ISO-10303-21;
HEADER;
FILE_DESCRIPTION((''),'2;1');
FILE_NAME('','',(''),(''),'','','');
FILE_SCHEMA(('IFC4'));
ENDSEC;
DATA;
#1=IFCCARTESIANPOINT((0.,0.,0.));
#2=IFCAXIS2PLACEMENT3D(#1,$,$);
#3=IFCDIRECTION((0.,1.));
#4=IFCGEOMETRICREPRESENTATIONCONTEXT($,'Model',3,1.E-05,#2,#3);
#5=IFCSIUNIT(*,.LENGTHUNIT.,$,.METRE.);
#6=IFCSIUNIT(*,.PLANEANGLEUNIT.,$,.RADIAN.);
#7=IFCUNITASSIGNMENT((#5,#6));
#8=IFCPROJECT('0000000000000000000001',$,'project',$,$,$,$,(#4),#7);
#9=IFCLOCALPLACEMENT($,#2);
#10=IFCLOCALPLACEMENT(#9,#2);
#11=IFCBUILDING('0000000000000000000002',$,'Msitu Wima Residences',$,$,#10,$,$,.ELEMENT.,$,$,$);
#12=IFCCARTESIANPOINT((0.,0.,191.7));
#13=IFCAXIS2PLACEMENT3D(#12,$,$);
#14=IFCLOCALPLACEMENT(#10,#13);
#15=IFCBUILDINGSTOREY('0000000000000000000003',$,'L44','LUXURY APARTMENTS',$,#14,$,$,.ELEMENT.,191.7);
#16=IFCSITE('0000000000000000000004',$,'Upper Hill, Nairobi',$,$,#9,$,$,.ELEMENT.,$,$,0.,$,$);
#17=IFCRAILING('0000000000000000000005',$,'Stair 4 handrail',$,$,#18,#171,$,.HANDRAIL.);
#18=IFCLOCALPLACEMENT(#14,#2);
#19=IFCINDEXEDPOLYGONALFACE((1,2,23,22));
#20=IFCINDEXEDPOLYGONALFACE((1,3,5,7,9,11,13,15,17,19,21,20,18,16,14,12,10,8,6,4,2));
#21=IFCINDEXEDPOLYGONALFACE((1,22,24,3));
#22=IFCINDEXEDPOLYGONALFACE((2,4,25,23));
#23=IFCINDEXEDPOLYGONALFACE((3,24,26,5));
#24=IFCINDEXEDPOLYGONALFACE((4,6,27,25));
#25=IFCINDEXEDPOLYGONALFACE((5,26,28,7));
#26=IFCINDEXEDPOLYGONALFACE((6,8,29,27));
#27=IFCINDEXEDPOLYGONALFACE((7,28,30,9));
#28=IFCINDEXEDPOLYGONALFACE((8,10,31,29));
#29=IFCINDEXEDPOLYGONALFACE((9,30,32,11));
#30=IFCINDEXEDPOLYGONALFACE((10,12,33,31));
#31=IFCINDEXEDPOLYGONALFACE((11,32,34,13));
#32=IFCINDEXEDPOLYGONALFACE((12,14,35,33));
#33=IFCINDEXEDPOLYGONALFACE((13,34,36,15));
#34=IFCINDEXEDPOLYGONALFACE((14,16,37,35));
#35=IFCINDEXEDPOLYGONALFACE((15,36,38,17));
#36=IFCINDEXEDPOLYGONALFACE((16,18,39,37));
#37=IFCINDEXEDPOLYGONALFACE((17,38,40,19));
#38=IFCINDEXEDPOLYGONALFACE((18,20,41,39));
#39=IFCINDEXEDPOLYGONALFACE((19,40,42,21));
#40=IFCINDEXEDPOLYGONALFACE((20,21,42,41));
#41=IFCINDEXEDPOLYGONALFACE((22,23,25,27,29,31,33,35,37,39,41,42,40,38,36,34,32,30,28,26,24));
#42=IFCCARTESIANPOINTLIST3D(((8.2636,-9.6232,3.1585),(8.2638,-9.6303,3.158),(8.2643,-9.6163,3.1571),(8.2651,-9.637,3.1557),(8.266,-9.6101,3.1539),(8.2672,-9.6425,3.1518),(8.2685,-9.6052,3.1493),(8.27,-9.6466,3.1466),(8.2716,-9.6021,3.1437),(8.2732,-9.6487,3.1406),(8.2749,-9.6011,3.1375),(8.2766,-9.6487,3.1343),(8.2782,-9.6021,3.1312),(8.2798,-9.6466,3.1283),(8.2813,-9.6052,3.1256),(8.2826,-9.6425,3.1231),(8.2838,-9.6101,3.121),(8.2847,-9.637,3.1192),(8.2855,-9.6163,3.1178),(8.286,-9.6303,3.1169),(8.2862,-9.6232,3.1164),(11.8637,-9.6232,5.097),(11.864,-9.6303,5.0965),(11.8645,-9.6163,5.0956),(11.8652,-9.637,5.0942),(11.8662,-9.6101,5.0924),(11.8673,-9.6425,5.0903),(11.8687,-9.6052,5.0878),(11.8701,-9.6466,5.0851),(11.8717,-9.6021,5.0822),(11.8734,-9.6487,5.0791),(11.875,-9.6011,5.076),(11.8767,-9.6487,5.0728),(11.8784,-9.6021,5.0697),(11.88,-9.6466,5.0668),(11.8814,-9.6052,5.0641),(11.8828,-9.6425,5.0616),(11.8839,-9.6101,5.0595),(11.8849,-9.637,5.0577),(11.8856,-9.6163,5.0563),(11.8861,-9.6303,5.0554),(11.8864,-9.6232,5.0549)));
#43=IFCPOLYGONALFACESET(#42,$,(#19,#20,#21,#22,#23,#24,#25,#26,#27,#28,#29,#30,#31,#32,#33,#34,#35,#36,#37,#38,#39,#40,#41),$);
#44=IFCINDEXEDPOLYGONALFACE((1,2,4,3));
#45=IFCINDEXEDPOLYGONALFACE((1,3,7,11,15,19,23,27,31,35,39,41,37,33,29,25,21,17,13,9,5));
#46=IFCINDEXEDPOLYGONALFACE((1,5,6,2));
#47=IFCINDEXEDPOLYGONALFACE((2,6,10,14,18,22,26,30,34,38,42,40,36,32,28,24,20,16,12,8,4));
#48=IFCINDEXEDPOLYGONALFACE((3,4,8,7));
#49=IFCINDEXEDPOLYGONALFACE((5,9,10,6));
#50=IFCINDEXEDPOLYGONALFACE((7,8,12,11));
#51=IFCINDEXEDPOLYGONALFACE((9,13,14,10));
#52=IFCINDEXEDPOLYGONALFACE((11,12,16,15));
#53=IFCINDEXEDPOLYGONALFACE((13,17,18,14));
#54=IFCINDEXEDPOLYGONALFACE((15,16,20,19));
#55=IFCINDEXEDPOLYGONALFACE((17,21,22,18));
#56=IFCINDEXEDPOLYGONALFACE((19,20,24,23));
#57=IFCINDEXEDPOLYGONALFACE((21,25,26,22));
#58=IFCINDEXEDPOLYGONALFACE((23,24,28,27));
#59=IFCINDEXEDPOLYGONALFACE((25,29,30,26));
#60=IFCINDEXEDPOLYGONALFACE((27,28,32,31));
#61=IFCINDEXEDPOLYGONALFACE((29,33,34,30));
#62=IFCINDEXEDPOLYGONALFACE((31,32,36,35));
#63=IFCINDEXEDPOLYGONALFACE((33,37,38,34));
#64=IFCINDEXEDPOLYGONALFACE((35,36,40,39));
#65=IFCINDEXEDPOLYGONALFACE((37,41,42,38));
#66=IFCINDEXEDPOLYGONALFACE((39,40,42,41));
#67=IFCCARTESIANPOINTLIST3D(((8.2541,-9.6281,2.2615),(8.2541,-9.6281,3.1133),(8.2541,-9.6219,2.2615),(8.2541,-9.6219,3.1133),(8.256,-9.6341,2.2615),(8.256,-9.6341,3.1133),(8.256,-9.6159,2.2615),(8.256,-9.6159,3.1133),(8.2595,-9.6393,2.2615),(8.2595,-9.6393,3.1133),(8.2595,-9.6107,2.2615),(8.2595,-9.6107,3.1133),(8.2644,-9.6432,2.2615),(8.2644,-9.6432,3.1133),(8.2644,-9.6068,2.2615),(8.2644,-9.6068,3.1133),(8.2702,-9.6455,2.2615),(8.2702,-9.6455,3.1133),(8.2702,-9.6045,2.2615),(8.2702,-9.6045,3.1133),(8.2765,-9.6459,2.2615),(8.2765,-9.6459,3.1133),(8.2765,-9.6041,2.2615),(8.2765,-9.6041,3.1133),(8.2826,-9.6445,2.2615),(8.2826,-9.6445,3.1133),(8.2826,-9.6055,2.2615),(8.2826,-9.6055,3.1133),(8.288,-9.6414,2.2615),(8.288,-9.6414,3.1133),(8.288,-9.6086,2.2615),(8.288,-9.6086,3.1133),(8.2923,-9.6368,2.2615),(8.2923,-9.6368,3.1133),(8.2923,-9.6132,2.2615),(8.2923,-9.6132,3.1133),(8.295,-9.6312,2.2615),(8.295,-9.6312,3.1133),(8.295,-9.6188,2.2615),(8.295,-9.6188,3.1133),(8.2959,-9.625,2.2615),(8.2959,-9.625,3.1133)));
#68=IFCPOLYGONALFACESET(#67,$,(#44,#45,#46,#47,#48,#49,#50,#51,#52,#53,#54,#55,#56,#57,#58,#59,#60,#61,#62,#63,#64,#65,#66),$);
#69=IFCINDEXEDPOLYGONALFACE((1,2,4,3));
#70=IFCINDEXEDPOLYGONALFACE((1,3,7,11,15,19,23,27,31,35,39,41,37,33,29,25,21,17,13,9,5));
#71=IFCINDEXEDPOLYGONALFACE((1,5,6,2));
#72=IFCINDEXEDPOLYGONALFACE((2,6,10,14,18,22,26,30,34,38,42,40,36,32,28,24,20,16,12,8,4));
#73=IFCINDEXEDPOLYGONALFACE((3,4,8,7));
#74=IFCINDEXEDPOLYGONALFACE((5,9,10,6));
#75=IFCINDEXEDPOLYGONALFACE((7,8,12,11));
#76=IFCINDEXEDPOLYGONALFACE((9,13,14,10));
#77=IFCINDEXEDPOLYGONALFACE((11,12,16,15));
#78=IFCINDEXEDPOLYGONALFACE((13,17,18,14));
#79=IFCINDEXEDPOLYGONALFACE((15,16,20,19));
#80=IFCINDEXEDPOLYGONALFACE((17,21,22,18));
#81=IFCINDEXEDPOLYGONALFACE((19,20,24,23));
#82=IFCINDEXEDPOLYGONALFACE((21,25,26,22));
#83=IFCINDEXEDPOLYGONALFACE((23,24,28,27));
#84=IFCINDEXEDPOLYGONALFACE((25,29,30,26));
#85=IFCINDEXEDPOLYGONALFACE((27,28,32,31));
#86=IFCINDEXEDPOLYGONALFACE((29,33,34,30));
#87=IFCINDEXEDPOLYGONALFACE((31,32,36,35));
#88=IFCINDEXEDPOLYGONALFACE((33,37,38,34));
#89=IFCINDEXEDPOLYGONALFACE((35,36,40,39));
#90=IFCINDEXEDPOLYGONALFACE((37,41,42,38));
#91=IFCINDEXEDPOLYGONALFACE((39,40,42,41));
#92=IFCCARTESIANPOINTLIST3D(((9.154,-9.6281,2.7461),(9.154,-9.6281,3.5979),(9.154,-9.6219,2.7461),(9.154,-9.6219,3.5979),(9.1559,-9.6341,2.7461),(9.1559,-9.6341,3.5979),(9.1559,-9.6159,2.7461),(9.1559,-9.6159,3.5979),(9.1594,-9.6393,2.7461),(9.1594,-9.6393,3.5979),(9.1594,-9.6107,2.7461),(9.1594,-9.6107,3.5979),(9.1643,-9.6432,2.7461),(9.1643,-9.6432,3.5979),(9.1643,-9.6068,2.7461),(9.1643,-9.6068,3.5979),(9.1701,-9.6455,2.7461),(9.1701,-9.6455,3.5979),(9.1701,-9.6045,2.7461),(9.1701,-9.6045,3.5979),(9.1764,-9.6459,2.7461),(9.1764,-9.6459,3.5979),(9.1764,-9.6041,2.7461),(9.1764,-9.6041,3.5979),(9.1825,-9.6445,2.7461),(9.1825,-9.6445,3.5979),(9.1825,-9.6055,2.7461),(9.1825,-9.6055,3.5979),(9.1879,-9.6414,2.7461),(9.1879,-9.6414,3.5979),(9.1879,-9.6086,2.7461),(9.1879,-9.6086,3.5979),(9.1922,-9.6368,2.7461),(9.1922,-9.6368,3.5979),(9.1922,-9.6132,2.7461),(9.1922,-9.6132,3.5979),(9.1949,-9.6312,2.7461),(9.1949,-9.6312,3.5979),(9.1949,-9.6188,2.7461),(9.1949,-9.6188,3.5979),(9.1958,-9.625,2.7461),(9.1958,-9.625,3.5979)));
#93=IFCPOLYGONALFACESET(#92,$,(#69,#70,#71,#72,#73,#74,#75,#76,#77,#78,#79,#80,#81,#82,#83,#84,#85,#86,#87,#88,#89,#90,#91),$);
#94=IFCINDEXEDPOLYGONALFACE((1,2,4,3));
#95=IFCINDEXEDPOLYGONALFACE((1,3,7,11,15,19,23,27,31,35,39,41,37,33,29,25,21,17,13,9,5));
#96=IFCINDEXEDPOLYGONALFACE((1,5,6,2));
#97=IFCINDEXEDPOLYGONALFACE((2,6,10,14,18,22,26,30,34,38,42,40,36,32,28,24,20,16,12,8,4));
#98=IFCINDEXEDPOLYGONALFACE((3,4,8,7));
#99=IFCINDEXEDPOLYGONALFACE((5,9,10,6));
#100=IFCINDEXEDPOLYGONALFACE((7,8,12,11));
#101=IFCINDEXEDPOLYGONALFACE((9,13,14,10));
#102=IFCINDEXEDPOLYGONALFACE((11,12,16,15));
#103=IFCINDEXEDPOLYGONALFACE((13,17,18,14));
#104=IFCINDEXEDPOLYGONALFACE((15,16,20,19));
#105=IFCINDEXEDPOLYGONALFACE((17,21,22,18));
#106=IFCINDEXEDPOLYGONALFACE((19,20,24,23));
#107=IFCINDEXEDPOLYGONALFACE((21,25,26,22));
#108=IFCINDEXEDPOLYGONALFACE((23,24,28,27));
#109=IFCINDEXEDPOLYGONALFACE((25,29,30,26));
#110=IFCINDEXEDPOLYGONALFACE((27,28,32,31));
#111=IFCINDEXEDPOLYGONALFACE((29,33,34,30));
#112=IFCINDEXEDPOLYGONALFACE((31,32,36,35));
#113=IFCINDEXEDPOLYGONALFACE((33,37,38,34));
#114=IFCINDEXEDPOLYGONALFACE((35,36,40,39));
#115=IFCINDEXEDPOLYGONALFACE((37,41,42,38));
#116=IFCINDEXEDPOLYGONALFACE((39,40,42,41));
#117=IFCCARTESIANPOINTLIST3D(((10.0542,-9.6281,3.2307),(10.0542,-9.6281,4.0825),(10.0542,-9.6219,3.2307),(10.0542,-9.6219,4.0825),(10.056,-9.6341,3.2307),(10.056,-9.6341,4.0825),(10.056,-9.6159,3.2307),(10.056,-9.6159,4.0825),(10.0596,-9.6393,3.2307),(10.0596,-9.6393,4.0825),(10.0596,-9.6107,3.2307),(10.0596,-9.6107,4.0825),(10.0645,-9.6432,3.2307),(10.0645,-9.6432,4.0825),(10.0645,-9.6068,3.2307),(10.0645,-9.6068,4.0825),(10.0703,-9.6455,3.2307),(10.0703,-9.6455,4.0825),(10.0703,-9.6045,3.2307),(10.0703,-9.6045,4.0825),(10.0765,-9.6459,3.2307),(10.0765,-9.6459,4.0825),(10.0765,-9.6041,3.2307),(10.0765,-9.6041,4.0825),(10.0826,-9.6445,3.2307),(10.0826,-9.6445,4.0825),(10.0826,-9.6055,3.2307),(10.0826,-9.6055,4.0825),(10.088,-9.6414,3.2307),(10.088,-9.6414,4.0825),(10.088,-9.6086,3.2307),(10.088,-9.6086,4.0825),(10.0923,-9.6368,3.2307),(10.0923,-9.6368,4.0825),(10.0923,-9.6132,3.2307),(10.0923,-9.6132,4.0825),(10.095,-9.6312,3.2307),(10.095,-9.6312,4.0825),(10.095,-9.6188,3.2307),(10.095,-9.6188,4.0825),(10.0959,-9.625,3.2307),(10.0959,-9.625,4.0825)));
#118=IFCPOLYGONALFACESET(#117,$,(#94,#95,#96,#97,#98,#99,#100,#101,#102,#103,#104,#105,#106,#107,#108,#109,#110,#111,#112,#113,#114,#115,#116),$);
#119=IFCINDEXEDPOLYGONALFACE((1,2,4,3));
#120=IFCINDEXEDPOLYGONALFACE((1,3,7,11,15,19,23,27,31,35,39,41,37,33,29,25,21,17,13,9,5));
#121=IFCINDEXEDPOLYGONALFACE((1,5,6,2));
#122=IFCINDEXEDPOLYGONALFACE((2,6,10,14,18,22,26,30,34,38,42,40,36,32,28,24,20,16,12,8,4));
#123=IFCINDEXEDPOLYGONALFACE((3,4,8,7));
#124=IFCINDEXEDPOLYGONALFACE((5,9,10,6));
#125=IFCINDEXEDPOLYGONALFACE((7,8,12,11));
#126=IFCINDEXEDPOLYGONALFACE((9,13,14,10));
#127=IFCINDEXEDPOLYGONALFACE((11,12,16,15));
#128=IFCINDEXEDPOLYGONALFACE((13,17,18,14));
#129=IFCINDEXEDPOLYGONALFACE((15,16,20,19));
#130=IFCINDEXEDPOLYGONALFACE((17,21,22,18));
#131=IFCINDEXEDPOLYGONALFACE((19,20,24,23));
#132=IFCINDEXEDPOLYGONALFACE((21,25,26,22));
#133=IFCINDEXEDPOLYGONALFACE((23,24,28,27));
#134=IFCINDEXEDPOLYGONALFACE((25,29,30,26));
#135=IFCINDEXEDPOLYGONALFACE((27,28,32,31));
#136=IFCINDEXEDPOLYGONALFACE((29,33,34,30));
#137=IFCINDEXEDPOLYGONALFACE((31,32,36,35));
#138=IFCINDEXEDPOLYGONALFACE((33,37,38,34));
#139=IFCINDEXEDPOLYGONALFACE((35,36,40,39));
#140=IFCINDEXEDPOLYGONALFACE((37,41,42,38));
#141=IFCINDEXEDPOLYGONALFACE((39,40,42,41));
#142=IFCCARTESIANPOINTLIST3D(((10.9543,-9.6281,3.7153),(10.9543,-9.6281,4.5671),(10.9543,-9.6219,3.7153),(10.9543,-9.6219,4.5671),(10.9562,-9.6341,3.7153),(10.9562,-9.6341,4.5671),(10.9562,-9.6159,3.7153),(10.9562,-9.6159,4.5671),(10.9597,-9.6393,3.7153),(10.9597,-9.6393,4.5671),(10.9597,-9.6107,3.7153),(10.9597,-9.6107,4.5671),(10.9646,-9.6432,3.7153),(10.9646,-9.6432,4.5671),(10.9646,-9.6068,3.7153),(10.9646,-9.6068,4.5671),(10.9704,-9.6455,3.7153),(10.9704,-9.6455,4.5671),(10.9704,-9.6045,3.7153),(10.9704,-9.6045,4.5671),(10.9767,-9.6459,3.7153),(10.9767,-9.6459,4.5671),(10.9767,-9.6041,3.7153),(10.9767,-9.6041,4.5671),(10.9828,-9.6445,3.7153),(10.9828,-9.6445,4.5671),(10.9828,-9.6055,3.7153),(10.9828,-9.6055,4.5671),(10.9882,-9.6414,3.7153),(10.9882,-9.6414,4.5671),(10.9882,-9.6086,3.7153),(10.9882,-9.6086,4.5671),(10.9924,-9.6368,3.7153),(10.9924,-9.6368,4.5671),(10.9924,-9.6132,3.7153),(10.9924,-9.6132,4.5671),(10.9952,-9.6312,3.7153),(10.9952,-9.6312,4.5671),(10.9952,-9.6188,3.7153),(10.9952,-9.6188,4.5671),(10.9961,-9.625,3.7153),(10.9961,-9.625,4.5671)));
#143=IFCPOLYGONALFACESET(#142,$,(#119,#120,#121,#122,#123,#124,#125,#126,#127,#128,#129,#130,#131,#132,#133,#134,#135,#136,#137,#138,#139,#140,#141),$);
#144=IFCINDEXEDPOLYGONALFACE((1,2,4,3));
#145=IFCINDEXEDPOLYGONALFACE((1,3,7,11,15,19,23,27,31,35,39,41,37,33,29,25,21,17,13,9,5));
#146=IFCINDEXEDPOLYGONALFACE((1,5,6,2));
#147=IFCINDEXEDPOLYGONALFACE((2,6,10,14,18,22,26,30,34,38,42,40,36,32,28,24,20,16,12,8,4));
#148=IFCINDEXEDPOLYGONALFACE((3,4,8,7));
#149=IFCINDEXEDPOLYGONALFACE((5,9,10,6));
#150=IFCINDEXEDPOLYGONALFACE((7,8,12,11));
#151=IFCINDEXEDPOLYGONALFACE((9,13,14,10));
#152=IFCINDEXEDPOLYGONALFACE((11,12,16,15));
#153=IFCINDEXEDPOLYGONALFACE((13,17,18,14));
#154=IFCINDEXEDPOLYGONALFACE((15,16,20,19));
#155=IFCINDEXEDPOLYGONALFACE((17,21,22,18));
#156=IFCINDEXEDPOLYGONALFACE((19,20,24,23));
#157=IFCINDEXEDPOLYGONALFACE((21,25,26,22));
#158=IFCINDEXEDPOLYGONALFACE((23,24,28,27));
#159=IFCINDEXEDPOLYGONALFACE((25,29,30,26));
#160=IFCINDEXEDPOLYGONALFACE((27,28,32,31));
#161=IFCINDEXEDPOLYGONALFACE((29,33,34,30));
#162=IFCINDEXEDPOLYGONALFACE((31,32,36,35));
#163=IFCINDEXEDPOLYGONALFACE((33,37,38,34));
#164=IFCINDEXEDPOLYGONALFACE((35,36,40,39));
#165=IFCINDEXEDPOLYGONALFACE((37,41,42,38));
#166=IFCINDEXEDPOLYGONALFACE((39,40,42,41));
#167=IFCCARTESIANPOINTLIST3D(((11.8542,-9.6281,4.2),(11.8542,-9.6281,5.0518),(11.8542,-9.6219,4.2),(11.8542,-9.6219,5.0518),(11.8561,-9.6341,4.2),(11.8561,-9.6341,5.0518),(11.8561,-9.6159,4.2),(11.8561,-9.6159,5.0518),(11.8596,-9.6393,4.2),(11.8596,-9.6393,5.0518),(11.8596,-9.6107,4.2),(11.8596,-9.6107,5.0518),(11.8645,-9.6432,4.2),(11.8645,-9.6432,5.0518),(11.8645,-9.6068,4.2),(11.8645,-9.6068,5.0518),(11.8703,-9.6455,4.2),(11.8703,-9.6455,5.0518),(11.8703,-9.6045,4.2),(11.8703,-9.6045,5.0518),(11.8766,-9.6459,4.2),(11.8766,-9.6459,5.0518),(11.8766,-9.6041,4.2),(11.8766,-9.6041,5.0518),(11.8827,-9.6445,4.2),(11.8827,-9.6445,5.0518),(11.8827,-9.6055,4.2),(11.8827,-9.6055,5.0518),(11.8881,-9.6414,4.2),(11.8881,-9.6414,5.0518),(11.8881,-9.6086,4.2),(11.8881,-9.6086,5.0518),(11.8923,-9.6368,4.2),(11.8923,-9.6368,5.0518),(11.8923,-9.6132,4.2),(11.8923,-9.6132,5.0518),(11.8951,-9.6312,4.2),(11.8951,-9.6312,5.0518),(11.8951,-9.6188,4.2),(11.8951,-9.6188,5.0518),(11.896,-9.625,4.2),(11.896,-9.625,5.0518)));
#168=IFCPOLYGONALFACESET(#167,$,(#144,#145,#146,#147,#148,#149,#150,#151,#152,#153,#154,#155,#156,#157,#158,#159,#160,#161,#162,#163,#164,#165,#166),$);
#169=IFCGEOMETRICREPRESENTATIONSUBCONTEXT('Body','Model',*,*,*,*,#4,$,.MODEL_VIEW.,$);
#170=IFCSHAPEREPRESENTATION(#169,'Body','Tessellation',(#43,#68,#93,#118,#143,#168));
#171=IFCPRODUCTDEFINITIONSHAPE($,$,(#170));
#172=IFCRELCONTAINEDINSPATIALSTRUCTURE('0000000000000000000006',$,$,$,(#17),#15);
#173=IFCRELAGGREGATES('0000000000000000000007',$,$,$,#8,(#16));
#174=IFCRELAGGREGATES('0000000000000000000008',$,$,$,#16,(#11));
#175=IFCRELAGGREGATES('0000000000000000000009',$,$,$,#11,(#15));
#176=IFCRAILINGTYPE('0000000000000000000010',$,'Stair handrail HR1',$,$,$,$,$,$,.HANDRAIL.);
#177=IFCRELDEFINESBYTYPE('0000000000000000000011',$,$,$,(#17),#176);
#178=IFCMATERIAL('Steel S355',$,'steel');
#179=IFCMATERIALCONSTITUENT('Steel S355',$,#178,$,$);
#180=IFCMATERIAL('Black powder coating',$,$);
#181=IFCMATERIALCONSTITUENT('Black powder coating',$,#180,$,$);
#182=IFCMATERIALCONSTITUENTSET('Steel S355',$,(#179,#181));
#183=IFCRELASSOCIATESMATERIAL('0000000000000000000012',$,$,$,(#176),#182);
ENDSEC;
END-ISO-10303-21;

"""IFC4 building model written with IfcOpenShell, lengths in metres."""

from ifc_helpers import new_model, si_unit, direction, frame, origin, origin_2d, place, context, subcontext, project, spatial, circle, extrude, material, constituent, constituent_set, type_object, element, save


model = new_model("IFC4")

# Units and contexts
model_context = context("Model", 3, precision=1e-05, world=origin(), true_north=direction((0.0, 1.0)))
body_context = subcontext(model_context, "Body", "Model", "MODEL_VIEW")
ifc_project = project(units=[si_unit("LENGTHUNIT", "METRE"), si_unit("PLANEANGLEUNIT", "RADIAN")], contexts=[model_context])

# Site, building, storey
site_placement = place(None, origin())
site = spatial("IfcSite", under=ifc_project, at=site_placement, Name="Upper Hill, Nairobi", CompositionType="ELEMENT", RefElevation=0.0)
building_placement = place(site_placement, origin())
building = spatial("IfcBuilding", under=site, at=building_placement, Name="Msitu Wima Residences", CompositionType="ELEMENT")
storey_placement = place(building_placement, frame((0.0, 0.0, 191.7)))
storey = spatial("IfcBuildingStorey", under=building, at=storey_placement, Name="L44", Description="LUXURY APARTMENTS", CompositionType="ELEMENT", Elevation=191.7)

# Railing
ifc_material_1 = material(Name="Steel S355", Category="steel")
ifc_constituent_1 = constituent(ifc_material_1, Name="Steel S355")
ifc_material_2 = material(Name="Black powder coating")
ifc_constituent_2 = constituent(ifc_material_2, Name="Black powder coating")
ifc_constituent_set = constituent_set(constituents=[ifc_constituent_1, ifc_constituent_2], Name="Steel S355")
railing_type = type_object("IfcRailingType", Name="Stair handrail HR1", PredefinedType="HANDRAIL", material=ifc_constituent_set)
for number, where, name in (
    (1, (8.2749, -9.625, 2.2615), "Stair 4 handrail"),
):
    element("IfcRailing", number, at=place(storey_placement, frame(where)), inside=storey, type_object=railing_type, Name=name, PredefinedType="HANDRAIL", context=body_context, shape_type="SweptSolid", body=[
        extrude(circle(Radius=0.0239, at=origin_2d()), frame((0.0, 0.0, 0.876), z_axis=(0.880475, 0.0, 0.474093), x_axis=(0.0, 1.0, 0.0)), (0.0, 0.0, 1.0), 4.0889),
        extrude(circle(Radius=0.021, at=origin_2d()), origin(), (0.0, 0.0, 1.0), 0.8518),
        extrude(circle(Radius=0.021, at=origin_2d()), frame((0.8999, 0.0, 0.4846)), (0.0, 0.0, 1.0), 0.8518),
        extrude(circle(Radius=0.021, at=origin_2d()), frame((1.8, 0.0, 0.9692)), (0.0, 0.0, 1.0), 0.8518),
        extrude(circle(Radius=0.021, at=origin_2d()), frame((2.7002, 0.0, 1.4539)), (0.0, 0.0, 1.0), 0.8518),
        extrude(circle(Radius=0.021, at=origin_2d()), frame((3.6001, 0.0, 1.9385)), (0.0, 0.0, 1.0), 0.8518),
    ])

save(model, "model.ifc")
